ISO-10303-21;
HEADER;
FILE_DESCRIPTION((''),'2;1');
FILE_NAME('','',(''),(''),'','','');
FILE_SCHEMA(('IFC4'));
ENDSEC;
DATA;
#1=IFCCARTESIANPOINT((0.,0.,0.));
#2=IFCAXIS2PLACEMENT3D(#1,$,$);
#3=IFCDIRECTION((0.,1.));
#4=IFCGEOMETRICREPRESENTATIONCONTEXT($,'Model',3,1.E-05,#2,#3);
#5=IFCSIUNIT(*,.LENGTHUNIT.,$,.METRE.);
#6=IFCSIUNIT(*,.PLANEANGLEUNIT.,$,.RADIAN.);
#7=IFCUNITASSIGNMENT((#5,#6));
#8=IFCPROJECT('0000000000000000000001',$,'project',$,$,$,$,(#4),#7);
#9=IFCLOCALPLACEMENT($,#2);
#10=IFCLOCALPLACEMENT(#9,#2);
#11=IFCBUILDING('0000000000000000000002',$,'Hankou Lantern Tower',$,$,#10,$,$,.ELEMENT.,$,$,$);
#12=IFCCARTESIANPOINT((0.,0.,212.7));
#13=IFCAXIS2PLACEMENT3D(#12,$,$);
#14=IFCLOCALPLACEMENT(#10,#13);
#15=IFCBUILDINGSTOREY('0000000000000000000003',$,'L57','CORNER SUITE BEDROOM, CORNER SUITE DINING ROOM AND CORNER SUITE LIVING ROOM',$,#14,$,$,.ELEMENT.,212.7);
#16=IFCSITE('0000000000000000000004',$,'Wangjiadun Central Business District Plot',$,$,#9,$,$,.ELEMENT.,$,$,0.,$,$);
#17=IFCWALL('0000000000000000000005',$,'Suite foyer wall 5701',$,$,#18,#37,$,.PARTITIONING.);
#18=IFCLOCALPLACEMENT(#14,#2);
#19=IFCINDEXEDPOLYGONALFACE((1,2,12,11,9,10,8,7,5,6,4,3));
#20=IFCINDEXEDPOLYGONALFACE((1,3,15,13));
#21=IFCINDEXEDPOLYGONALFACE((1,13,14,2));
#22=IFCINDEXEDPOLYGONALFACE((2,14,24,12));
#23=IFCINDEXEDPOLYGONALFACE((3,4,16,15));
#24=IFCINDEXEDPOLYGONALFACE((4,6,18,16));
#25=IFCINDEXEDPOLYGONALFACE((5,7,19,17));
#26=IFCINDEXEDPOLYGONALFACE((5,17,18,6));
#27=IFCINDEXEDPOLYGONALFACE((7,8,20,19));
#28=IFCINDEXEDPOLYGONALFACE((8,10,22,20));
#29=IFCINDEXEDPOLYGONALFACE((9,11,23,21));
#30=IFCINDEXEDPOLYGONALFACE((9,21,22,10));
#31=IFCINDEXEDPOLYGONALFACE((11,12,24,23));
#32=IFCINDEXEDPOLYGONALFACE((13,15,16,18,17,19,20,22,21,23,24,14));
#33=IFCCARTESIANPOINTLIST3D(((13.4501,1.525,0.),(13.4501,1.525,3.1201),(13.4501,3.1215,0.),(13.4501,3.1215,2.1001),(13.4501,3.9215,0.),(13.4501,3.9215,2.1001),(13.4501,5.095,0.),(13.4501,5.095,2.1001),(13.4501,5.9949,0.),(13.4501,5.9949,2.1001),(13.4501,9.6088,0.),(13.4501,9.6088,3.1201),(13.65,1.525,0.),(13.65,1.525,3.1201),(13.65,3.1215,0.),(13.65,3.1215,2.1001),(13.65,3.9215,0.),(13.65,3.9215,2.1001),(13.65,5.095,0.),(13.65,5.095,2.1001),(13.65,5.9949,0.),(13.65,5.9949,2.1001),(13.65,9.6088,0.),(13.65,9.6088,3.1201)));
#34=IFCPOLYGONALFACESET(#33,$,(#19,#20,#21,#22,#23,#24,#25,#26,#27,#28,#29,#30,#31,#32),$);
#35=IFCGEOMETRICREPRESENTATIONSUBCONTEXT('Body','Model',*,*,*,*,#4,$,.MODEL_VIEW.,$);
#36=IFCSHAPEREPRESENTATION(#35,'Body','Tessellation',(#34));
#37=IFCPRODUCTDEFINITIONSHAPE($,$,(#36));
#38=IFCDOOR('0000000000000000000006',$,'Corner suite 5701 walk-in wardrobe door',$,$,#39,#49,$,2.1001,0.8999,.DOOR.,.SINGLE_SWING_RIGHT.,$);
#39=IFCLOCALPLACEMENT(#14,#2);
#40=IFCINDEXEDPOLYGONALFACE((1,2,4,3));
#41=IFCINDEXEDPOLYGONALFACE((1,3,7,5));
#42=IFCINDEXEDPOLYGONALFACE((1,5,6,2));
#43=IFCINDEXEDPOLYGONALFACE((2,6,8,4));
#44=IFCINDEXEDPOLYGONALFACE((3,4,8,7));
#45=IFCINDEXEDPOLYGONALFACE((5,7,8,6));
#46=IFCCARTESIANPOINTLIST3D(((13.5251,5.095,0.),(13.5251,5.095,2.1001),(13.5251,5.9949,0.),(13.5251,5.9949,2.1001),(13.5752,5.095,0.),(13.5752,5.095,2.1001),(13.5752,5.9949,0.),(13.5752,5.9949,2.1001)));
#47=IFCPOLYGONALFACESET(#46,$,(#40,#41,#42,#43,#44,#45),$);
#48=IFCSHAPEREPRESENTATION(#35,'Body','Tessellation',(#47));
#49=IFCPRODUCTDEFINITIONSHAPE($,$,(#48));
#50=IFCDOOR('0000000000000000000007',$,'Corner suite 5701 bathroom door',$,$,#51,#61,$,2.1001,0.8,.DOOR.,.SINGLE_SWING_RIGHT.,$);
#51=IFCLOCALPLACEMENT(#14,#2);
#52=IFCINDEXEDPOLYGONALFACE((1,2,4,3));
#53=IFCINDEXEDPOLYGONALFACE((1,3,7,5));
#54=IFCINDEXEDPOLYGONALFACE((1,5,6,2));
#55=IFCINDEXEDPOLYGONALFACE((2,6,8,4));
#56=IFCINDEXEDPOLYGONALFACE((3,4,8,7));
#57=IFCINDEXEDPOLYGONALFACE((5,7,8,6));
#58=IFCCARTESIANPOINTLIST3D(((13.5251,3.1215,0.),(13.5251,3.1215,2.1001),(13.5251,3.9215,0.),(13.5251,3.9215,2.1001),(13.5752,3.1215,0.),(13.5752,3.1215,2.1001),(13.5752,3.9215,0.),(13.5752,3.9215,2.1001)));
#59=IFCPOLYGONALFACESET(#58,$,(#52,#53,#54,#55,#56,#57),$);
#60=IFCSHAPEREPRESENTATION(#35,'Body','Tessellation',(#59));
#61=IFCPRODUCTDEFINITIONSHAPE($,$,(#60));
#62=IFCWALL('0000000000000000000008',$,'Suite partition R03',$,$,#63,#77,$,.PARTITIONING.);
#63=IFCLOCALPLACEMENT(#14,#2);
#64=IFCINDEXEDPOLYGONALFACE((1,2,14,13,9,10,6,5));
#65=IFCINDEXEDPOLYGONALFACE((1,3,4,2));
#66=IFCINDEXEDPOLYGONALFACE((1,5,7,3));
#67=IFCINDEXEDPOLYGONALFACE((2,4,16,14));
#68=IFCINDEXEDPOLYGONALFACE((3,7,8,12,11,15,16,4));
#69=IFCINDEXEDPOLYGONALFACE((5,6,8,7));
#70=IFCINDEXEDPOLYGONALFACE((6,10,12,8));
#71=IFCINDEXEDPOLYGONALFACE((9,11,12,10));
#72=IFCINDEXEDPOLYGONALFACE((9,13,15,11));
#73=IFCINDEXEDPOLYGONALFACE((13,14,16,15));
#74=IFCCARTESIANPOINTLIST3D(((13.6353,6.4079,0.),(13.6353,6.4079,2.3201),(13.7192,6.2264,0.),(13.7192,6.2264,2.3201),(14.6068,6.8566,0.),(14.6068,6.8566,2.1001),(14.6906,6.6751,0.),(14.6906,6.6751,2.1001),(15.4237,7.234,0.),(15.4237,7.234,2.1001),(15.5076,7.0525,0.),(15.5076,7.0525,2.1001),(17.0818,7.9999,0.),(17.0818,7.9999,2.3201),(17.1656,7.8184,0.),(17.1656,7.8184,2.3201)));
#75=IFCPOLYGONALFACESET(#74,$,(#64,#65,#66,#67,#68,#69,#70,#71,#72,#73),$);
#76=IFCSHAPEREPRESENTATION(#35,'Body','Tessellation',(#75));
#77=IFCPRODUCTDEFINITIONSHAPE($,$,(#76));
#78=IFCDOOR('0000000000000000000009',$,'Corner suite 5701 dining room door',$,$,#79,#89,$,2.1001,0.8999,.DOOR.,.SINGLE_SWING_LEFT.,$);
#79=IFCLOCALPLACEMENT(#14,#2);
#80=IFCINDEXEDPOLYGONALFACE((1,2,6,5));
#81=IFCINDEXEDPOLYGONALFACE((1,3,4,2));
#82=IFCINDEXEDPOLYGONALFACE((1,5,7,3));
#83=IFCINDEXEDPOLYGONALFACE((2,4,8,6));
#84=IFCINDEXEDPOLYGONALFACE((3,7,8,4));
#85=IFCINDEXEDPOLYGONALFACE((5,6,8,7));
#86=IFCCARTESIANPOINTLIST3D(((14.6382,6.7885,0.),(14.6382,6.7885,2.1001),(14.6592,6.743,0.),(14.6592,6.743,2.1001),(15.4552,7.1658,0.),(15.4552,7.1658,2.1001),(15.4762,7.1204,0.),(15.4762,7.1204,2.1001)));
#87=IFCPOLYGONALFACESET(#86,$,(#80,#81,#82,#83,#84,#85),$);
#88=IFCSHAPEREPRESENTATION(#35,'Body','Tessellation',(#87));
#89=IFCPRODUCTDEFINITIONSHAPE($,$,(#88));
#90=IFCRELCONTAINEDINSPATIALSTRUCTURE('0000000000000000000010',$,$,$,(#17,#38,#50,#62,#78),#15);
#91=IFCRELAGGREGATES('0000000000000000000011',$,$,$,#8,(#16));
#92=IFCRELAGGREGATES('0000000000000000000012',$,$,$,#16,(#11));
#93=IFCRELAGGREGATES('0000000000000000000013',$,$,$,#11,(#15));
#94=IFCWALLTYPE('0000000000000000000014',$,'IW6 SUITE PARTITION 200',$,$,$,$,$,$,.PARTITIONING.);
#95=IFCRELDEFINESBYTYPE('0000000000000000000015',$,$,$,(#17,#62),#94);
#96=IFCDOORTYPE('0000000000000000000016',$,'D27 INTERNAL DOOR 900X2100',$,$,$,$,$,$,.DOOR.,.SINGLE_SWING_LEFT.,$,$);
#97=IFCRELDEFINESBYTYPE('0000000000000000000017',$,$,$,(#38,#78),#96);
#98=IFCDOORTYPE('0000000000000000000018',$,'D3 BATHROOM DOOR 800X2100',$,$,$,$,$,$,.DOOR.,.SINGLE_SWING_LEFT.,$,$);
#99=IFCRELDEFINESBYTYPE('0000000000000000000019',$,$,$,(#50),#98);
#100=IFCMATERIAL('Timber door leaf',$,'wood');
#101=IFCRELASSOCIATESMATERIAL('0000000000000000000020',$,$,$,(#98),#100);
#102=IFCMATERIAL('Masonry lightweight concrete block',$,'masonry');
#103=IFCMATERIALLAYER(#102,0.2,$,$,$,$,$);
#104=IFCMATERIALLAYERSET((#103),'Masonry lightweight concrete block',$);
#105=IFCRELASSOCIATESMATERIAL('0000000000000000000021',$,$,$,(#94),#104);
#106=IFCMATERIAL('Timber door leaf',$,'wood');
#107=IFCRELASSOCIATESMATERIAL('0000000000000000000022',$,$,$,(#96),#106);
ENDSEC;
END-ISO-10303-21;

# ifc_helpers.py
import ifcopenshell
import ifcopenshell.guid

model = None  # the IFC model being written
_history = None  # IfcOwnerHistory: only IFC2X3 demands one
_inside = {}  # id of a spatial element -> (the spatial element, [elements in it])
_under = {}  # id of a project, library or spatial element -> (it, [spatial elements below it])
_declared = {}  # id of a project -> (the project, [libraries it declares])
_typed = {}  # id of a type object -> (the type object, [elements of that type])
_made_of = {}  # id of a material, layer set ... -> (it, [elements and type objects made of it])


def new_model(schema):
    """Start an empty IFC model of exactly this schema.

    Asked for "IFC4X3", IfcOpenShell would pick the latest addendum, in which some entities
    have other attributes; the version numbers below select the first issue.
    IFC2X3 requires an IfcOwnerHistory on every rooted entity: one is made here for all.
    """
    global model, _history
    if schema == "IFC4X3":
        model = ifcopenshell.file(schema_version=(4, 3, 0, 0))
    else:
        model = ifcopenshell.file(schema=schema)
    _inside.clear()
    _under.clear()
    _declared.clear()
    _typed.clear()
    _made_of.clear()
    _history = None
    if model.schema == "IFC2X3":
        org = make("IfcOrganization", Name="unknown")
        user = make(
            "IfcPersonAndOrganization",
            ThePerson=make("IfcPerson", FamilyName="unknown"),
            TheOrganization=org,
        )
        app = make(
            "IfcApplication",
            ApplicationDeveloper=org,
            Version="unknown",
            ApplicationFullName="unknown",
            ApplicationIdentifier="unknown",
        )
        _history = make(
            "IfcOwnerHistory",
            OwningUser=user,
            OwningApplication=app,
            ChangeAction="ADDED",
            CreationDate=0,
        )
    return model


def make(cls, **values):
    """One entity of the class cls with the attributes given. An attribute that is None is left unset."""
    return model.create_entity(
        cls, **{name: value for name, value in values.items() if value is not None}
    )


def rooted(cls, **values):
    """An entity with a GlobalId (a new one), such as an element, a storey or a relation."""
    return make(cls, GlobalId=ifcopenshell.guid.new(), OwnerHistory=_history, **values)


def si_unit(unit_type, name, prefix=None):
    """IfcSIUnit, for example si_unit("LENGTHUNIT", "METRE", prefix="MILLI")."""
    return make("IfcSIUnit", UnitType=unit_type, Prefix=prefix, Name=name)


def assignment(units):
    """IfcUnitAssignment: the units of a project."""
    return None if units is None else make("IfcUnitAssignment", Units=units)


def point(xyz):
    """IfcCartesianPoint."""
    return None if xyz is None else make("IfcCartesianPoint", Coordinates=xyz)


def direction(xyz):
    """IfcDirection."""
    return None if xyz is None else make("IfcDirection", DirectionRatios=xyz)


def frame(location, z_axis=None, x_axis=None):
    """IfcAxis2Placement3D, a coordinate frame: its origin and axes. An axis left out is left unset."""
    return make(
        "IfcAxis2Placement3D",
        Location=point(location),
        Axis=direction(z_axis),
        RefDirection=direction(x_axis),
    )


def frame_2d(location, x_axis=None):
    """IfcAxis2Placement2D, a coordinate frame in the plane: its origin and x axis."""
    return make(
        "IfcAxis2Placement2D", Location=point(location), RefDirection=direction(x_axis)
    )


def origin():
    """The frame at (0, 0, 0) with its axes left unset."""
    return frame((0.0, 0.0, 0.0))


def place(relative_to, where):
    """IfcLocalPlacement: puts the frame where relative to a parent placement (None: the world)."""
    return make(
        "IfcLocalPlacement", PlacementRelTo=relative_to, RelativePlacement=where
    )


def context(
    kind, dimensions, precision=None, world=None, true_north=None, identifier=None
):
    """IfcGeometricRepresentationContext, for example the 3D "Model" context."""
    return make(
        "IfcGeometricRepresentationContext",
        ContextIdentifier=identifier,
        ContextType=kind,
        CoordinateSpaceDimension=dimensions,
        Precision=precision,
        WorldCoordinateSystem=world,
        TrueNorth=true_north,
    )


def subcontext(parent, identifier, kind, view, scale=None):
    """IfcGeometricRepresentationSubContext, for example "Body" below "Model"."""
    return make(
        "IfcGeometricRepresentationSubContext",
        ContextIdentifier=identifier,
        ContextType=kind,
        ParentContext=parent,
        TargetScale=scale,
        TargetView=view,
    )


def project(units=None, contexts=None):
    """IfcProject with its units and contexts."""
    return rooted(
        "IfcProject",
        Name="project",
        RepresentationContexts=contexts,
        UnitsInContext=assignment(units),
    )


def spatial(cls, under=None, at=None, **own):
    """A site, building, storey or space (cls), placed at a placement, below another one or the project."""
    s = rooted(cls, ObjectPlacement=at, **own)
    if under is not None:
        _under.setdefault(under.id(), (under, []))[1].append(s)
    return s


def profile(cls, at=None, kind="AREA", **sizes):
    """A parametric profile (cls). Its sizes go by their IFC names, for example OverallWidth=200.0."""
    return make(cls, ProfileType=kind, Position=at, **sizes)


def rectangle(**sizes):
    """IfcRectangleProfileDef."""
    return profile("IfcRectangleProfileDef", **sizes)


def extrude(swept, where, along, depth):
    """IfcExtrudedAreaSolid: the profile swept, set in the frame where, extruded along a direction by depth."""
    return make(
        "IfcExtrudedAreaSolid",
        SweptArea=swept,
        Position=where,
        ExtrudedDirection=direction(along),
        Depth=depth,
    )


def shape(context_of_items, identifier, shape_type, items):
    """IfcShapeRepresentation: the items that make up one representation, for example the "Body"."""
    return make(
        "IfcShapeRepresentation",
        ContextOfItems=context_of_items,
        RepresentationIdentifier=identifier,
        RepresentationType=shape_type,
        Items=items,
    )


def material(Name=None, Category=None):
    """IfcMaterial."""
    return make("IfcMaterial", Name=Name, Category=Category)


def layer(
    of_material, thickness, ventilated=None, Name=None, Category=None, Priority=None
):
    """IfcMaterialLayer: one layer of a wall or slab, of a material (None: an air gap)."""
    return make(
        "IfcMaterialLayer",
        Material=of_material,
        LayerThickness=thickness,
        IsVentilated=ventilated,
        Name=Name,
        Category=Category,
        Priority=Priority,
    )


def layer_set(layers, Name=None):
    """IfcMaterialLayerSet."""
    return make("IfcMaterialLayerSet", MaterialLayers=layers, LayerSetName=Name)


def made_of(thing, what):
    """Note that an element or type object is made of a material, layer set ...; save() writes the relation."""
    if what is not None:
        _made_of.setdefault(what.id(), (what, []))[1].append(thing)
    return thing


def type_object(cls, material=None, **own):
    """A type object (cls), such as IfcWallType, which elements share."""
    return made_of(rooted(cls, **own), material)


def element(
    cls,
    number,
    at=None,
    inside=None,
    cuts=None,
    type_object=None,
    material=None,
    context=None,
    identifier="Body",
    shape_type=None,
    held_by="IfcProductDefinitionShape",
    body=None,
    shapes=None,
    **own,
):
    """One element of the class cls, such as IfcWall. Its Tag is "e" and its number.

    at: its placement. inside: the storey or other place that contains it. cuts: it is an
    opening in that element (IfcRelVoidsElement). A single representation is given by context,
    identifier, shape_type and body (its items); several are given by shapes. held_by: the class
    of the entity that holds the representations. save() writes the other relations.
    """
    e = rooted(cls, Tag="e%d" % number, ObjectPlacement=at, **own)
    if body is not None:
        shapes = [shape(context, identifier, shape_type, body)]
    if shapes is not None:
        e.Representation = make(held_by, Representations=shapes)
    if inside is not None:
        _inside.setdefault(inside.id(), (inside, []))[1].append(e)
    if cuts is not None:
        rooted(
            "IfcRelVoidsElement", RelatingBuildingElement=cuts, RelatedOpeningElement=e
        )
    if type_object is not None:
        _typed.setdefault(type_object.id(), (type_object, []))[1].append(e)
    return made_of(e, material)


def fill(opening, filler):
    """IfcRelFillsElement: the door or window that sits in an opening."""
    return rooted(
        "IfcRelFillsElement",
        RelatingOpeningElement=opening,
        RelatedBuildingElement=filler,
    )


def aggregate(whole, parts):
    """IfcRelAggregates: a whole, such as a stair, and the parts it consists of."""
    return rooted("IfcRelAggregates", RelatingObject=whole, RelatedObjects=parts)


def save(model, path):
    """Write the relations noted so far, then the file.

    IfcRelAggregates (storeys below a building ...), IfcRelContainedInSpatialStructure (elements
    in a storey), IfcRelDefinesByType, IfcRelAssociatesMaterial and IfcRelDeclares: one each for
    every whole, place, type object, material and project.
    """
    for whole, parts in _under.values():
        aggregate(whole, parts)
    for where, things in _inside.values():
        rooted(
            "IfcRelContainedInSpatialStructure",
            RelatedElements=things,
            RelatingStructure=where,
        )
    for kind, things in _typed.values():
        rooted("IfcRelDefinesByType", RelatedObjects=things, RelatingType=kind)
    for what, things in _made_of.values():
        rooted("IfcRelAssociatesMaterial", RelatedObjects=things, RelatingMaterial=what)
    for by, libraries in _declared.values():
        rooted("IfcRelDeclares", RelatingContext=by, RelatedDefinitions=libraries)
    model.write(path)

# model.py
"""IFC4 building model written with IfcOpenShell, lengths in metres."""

from ifc_helpers import new_model, si_unit, direction, frame, frame_2d, origin, place, context, subcontext, project, spatial, rectangle, extrude, material, layer, layer_set, type_object, element, fill, save


model = new_model("IFC4")

# Units and contexts
model_context = context("Model", 3, precision=1e-05, world=origin(), true_north=direction((0.0, 1.0)))
body_context = subcontext(model_context, "Body", "Model", "MODEL_VIEW")
ifc_project = project(units=[si_unit("LENGTHUNIT", "METRE"), si_unit("PLANEANGLEUNIT", "RADIAN")], contexts=[model_context])

# Site, building, storey
site_placement = place(None, origin())
site = spatial("IfcSite", under=ifc_project, at=site_placement, Name="Wangjiadun Central Business District Plot", CompositionType="ELEMENT", RefElevation=0.0)
building_placement = place(site_placement, origin())
building = spatial("IfcBuilding", under=site, at=building_placement, Name="Hankou Lantern Tower", CompositionType="ELEMENT")
storey_placement = place(building_placement, frame((0.0, 0.0, 212.7)))
storey = spatial("IfcBuildingStorey", under=building, at=storey_placement, Name="L57", Description="CORNER SUITE BEDROOM, CORNER SUITE DINING ROOM AND CORNER SUITE LIVING ROOM", CompositionType="ELEMENT", Elevation=212.7)

# Shared definitions
ifc_material_1 = material(Name="Timber door leaf", Category="wood")
door_type_1 = type_object("IfcDoorType", Name="D3 BATHROOM DOOR 800X2100", OperationType="SINGLE_SWING_LEFT", PredefinedType="DOOR", material=ifc_material_1)

# Wall, openings, doors
ifc_material_2 = material(Name="Masonry lightweight concrete block", Category="masonry")
ifc_layer_1 = layer(ifc_material_2, 0.2)
ifc_layer_set_1 = layer_set([ifc_layer_1], Name="Masonry lightweight concrete block")
wall_type_1 = type_object("IfcWallType", Name="IW6 SUITE PARTITION 200", PredefinedType="PARTITIONING", material=ifc_layer_set_1)
wall_1_placement = place(storey_placement, frame((13.55, 1.5249, 0.0), z_axis=(0.0, 0.0, 1.0), x_axis=(0.0, 1.0, 0.0)))
wall_1 = element("IfcWall", 1, at=wall_1_placement, inside=storey, type_object=wall_type_1, Name="Suite foyer wall 5701", PredefinedType="PARTITIONING", context=body_context, shape_type="SweptSolid", body=[
    extrude(rectangle(XDim=8.0837, YDim=0.2, at=frame_2d((4.042, 0.0))), origin(), (0.0, 0.0, 1.0), 3.1201),
])
opening_1_placement = place(wall_1_placement, frame((1.5967, 0.0, 0.0)))
opening_1 = element("IfcOpeningElement", 2, at=opening_1_placement, cuts=wall_1, PredefinedType="OPENING", context=body_context, shape_type="SweptSolid", body=[
    extrude(rectangle(XDim=0.8, YDim=2.1001, at=frame_2d((0.3999, 1.05))), frame((0.0, 0.1099, 0.0), z_axis=(0.0, -1.0, 0.0), x_axis=(1.0, 0.0, 0.0)), (0.0, 0.0, 1.0), 0.22),
])
opening_2_placement = place(wall_1_placement, frame((3.5701, 0.0, 0.0)))
opening_2 = element("IfcOpeningElement", 3, at=opening_2_placement, cuts=wall_1, PredefinedType="OPENING", context=body_context, shape_type="SweptSolid", body=[
    extrude(rectangle(XDim=0.8999, YDim=2.1001, at=frame_2d((0.45, 1.05))), frame((0.0, 0.1099, 0.0), z_axis=(0.0, -1.0, 0.0), x_axis=(1.0, 0.0, 0.0)), (0.0, 0.0, 1.0), 0.22),
])
ifc_material_3 = material(Name="Timber door leaf", Category="wood")
door_type_2 = type_object("IfcDoorType", Name="D27 INTERNAL DOOR 900X2100", OperationType="SINGLE_SWING_LEFT", PredefinedType="DOOR", material=ifc_material_3)
door_1_placement = place(opening_2_placement, origin())
door_1 = element("IfcDoor", 4, at=door_1_placement, inside=storey, type_object=door_type_2, Name="Corner suite 5701 walk-in wardrobe door", OperationType="SINGLE_SWING_RIGHT", OverallHeight=2.1001, OverallWidth=0.8999, PredefinedType="DOOR", context=body_context, shape_type="SweptSolid", body=[
    extrude(rectangle(XDim=0.8999, YDim=2.1001, at=frame_2d((0.45, 1.05))), frame((0.0, 0.0249, 0.0), z_axis=(0.0, -1.0, 0.0), x_axis=(1.0, 0.0, 0.0)), (0.0, 0.0, 1.0), 0.05),
])
fill(opening_2, door_1)
door_2_placement = place(opening_1_placement, origin())
door_2 = element("IfcDoor", 5, at=door_2_placement, inside=storey, type_object=door_type_1, Name="Corner suite 5701 bathroom door", OperationType="SINGLE_SWING_RIGHT", OverallHeight=2.1001, OverallWidth=0.8, PredefinedType="DOOR", context=body_context, shape_type="SweptSolid", body=[
    extrude(rectangle(XDim=0.8, YDim=2.1001, at=frame_2d((0.3999, 1.05))), frame((0.0, 0.0249, 0.0), z_axis=(0.0, -1.0, 0.0), x_axis=(1.0, 0.0, 0.0)), (0.0, 0.0, 1.0), 0.05),
])
fill(opening_1, door_2)

# Wall, opening, door
wall_2_placement = place(storey_placement, frame((13.6772, 6.3171, 0.0), z_axis=(0.0, 0.0, 1.0), x_axis=(0.907826, 0.419348, 0.0)))
wall_2 = element("IfcWall", 6, at=wall_2_placement, inside=storey, type_object=wall_type_1, Name="Suite partition R03", PredefinedType="PARTITIONING", context=body_context, shape_type="SweptSolid", body=[
    extrude(rectangle(XDim=3.7964, YDim=0.2, at=frame_2d((1.8982, 0.0))), origin(), (0.0, 0.0, 1.0), 2.3201),
])
opening_3_placement = place(wall_2_placement, frame((1.0701, 0.0, 0.0)))
opening_3 = element("IfcOpeningElement", 7, at=opening_3_placement, cuts=wall_2, PredefinedType="OPENING", context=body_context, shape_type="SweptSolid", body=[
    extrude(rectangle(XDim=0.8999, YDim=2.1001, at=frame_2d((0.45, 1.05))), frame((0.0, 0.1099, 0.0), z_axis=(0.0, -1.0, 0.0), x_axis=(1.0, 0.0, 0.0)), (0.0, 0.0, 1.0), 0.22),
])
door_3_placement = place(opening_3_placement, origin())
door_3 = element("IfcDoor", 8, at=door_3_placement, inside=storey, type_object=door_type_2, Name="Corner suite 5701 dining room door", OperationType="SINGLE_SWING_LEFT", OverallHeight=2.1001, OverallWidth=0.8999, PredefinedType="DOOR", context=body_context, shape_type="SweptSolid", body=[
    extrude(rectangle(XDim=0.8999, YDim=2.1001, at=frame_2d((0.45, 1.05))), frame((0.0, 0.0249, 0.0), z_axis=(0.0, -1.0, 0.0), x_axis=(1.0, 0.0, 0.0)), (0.0, 0.0, 1.0), 0.05),
])
fill(opening_3, door_3)

save(model, "model.ifc")
